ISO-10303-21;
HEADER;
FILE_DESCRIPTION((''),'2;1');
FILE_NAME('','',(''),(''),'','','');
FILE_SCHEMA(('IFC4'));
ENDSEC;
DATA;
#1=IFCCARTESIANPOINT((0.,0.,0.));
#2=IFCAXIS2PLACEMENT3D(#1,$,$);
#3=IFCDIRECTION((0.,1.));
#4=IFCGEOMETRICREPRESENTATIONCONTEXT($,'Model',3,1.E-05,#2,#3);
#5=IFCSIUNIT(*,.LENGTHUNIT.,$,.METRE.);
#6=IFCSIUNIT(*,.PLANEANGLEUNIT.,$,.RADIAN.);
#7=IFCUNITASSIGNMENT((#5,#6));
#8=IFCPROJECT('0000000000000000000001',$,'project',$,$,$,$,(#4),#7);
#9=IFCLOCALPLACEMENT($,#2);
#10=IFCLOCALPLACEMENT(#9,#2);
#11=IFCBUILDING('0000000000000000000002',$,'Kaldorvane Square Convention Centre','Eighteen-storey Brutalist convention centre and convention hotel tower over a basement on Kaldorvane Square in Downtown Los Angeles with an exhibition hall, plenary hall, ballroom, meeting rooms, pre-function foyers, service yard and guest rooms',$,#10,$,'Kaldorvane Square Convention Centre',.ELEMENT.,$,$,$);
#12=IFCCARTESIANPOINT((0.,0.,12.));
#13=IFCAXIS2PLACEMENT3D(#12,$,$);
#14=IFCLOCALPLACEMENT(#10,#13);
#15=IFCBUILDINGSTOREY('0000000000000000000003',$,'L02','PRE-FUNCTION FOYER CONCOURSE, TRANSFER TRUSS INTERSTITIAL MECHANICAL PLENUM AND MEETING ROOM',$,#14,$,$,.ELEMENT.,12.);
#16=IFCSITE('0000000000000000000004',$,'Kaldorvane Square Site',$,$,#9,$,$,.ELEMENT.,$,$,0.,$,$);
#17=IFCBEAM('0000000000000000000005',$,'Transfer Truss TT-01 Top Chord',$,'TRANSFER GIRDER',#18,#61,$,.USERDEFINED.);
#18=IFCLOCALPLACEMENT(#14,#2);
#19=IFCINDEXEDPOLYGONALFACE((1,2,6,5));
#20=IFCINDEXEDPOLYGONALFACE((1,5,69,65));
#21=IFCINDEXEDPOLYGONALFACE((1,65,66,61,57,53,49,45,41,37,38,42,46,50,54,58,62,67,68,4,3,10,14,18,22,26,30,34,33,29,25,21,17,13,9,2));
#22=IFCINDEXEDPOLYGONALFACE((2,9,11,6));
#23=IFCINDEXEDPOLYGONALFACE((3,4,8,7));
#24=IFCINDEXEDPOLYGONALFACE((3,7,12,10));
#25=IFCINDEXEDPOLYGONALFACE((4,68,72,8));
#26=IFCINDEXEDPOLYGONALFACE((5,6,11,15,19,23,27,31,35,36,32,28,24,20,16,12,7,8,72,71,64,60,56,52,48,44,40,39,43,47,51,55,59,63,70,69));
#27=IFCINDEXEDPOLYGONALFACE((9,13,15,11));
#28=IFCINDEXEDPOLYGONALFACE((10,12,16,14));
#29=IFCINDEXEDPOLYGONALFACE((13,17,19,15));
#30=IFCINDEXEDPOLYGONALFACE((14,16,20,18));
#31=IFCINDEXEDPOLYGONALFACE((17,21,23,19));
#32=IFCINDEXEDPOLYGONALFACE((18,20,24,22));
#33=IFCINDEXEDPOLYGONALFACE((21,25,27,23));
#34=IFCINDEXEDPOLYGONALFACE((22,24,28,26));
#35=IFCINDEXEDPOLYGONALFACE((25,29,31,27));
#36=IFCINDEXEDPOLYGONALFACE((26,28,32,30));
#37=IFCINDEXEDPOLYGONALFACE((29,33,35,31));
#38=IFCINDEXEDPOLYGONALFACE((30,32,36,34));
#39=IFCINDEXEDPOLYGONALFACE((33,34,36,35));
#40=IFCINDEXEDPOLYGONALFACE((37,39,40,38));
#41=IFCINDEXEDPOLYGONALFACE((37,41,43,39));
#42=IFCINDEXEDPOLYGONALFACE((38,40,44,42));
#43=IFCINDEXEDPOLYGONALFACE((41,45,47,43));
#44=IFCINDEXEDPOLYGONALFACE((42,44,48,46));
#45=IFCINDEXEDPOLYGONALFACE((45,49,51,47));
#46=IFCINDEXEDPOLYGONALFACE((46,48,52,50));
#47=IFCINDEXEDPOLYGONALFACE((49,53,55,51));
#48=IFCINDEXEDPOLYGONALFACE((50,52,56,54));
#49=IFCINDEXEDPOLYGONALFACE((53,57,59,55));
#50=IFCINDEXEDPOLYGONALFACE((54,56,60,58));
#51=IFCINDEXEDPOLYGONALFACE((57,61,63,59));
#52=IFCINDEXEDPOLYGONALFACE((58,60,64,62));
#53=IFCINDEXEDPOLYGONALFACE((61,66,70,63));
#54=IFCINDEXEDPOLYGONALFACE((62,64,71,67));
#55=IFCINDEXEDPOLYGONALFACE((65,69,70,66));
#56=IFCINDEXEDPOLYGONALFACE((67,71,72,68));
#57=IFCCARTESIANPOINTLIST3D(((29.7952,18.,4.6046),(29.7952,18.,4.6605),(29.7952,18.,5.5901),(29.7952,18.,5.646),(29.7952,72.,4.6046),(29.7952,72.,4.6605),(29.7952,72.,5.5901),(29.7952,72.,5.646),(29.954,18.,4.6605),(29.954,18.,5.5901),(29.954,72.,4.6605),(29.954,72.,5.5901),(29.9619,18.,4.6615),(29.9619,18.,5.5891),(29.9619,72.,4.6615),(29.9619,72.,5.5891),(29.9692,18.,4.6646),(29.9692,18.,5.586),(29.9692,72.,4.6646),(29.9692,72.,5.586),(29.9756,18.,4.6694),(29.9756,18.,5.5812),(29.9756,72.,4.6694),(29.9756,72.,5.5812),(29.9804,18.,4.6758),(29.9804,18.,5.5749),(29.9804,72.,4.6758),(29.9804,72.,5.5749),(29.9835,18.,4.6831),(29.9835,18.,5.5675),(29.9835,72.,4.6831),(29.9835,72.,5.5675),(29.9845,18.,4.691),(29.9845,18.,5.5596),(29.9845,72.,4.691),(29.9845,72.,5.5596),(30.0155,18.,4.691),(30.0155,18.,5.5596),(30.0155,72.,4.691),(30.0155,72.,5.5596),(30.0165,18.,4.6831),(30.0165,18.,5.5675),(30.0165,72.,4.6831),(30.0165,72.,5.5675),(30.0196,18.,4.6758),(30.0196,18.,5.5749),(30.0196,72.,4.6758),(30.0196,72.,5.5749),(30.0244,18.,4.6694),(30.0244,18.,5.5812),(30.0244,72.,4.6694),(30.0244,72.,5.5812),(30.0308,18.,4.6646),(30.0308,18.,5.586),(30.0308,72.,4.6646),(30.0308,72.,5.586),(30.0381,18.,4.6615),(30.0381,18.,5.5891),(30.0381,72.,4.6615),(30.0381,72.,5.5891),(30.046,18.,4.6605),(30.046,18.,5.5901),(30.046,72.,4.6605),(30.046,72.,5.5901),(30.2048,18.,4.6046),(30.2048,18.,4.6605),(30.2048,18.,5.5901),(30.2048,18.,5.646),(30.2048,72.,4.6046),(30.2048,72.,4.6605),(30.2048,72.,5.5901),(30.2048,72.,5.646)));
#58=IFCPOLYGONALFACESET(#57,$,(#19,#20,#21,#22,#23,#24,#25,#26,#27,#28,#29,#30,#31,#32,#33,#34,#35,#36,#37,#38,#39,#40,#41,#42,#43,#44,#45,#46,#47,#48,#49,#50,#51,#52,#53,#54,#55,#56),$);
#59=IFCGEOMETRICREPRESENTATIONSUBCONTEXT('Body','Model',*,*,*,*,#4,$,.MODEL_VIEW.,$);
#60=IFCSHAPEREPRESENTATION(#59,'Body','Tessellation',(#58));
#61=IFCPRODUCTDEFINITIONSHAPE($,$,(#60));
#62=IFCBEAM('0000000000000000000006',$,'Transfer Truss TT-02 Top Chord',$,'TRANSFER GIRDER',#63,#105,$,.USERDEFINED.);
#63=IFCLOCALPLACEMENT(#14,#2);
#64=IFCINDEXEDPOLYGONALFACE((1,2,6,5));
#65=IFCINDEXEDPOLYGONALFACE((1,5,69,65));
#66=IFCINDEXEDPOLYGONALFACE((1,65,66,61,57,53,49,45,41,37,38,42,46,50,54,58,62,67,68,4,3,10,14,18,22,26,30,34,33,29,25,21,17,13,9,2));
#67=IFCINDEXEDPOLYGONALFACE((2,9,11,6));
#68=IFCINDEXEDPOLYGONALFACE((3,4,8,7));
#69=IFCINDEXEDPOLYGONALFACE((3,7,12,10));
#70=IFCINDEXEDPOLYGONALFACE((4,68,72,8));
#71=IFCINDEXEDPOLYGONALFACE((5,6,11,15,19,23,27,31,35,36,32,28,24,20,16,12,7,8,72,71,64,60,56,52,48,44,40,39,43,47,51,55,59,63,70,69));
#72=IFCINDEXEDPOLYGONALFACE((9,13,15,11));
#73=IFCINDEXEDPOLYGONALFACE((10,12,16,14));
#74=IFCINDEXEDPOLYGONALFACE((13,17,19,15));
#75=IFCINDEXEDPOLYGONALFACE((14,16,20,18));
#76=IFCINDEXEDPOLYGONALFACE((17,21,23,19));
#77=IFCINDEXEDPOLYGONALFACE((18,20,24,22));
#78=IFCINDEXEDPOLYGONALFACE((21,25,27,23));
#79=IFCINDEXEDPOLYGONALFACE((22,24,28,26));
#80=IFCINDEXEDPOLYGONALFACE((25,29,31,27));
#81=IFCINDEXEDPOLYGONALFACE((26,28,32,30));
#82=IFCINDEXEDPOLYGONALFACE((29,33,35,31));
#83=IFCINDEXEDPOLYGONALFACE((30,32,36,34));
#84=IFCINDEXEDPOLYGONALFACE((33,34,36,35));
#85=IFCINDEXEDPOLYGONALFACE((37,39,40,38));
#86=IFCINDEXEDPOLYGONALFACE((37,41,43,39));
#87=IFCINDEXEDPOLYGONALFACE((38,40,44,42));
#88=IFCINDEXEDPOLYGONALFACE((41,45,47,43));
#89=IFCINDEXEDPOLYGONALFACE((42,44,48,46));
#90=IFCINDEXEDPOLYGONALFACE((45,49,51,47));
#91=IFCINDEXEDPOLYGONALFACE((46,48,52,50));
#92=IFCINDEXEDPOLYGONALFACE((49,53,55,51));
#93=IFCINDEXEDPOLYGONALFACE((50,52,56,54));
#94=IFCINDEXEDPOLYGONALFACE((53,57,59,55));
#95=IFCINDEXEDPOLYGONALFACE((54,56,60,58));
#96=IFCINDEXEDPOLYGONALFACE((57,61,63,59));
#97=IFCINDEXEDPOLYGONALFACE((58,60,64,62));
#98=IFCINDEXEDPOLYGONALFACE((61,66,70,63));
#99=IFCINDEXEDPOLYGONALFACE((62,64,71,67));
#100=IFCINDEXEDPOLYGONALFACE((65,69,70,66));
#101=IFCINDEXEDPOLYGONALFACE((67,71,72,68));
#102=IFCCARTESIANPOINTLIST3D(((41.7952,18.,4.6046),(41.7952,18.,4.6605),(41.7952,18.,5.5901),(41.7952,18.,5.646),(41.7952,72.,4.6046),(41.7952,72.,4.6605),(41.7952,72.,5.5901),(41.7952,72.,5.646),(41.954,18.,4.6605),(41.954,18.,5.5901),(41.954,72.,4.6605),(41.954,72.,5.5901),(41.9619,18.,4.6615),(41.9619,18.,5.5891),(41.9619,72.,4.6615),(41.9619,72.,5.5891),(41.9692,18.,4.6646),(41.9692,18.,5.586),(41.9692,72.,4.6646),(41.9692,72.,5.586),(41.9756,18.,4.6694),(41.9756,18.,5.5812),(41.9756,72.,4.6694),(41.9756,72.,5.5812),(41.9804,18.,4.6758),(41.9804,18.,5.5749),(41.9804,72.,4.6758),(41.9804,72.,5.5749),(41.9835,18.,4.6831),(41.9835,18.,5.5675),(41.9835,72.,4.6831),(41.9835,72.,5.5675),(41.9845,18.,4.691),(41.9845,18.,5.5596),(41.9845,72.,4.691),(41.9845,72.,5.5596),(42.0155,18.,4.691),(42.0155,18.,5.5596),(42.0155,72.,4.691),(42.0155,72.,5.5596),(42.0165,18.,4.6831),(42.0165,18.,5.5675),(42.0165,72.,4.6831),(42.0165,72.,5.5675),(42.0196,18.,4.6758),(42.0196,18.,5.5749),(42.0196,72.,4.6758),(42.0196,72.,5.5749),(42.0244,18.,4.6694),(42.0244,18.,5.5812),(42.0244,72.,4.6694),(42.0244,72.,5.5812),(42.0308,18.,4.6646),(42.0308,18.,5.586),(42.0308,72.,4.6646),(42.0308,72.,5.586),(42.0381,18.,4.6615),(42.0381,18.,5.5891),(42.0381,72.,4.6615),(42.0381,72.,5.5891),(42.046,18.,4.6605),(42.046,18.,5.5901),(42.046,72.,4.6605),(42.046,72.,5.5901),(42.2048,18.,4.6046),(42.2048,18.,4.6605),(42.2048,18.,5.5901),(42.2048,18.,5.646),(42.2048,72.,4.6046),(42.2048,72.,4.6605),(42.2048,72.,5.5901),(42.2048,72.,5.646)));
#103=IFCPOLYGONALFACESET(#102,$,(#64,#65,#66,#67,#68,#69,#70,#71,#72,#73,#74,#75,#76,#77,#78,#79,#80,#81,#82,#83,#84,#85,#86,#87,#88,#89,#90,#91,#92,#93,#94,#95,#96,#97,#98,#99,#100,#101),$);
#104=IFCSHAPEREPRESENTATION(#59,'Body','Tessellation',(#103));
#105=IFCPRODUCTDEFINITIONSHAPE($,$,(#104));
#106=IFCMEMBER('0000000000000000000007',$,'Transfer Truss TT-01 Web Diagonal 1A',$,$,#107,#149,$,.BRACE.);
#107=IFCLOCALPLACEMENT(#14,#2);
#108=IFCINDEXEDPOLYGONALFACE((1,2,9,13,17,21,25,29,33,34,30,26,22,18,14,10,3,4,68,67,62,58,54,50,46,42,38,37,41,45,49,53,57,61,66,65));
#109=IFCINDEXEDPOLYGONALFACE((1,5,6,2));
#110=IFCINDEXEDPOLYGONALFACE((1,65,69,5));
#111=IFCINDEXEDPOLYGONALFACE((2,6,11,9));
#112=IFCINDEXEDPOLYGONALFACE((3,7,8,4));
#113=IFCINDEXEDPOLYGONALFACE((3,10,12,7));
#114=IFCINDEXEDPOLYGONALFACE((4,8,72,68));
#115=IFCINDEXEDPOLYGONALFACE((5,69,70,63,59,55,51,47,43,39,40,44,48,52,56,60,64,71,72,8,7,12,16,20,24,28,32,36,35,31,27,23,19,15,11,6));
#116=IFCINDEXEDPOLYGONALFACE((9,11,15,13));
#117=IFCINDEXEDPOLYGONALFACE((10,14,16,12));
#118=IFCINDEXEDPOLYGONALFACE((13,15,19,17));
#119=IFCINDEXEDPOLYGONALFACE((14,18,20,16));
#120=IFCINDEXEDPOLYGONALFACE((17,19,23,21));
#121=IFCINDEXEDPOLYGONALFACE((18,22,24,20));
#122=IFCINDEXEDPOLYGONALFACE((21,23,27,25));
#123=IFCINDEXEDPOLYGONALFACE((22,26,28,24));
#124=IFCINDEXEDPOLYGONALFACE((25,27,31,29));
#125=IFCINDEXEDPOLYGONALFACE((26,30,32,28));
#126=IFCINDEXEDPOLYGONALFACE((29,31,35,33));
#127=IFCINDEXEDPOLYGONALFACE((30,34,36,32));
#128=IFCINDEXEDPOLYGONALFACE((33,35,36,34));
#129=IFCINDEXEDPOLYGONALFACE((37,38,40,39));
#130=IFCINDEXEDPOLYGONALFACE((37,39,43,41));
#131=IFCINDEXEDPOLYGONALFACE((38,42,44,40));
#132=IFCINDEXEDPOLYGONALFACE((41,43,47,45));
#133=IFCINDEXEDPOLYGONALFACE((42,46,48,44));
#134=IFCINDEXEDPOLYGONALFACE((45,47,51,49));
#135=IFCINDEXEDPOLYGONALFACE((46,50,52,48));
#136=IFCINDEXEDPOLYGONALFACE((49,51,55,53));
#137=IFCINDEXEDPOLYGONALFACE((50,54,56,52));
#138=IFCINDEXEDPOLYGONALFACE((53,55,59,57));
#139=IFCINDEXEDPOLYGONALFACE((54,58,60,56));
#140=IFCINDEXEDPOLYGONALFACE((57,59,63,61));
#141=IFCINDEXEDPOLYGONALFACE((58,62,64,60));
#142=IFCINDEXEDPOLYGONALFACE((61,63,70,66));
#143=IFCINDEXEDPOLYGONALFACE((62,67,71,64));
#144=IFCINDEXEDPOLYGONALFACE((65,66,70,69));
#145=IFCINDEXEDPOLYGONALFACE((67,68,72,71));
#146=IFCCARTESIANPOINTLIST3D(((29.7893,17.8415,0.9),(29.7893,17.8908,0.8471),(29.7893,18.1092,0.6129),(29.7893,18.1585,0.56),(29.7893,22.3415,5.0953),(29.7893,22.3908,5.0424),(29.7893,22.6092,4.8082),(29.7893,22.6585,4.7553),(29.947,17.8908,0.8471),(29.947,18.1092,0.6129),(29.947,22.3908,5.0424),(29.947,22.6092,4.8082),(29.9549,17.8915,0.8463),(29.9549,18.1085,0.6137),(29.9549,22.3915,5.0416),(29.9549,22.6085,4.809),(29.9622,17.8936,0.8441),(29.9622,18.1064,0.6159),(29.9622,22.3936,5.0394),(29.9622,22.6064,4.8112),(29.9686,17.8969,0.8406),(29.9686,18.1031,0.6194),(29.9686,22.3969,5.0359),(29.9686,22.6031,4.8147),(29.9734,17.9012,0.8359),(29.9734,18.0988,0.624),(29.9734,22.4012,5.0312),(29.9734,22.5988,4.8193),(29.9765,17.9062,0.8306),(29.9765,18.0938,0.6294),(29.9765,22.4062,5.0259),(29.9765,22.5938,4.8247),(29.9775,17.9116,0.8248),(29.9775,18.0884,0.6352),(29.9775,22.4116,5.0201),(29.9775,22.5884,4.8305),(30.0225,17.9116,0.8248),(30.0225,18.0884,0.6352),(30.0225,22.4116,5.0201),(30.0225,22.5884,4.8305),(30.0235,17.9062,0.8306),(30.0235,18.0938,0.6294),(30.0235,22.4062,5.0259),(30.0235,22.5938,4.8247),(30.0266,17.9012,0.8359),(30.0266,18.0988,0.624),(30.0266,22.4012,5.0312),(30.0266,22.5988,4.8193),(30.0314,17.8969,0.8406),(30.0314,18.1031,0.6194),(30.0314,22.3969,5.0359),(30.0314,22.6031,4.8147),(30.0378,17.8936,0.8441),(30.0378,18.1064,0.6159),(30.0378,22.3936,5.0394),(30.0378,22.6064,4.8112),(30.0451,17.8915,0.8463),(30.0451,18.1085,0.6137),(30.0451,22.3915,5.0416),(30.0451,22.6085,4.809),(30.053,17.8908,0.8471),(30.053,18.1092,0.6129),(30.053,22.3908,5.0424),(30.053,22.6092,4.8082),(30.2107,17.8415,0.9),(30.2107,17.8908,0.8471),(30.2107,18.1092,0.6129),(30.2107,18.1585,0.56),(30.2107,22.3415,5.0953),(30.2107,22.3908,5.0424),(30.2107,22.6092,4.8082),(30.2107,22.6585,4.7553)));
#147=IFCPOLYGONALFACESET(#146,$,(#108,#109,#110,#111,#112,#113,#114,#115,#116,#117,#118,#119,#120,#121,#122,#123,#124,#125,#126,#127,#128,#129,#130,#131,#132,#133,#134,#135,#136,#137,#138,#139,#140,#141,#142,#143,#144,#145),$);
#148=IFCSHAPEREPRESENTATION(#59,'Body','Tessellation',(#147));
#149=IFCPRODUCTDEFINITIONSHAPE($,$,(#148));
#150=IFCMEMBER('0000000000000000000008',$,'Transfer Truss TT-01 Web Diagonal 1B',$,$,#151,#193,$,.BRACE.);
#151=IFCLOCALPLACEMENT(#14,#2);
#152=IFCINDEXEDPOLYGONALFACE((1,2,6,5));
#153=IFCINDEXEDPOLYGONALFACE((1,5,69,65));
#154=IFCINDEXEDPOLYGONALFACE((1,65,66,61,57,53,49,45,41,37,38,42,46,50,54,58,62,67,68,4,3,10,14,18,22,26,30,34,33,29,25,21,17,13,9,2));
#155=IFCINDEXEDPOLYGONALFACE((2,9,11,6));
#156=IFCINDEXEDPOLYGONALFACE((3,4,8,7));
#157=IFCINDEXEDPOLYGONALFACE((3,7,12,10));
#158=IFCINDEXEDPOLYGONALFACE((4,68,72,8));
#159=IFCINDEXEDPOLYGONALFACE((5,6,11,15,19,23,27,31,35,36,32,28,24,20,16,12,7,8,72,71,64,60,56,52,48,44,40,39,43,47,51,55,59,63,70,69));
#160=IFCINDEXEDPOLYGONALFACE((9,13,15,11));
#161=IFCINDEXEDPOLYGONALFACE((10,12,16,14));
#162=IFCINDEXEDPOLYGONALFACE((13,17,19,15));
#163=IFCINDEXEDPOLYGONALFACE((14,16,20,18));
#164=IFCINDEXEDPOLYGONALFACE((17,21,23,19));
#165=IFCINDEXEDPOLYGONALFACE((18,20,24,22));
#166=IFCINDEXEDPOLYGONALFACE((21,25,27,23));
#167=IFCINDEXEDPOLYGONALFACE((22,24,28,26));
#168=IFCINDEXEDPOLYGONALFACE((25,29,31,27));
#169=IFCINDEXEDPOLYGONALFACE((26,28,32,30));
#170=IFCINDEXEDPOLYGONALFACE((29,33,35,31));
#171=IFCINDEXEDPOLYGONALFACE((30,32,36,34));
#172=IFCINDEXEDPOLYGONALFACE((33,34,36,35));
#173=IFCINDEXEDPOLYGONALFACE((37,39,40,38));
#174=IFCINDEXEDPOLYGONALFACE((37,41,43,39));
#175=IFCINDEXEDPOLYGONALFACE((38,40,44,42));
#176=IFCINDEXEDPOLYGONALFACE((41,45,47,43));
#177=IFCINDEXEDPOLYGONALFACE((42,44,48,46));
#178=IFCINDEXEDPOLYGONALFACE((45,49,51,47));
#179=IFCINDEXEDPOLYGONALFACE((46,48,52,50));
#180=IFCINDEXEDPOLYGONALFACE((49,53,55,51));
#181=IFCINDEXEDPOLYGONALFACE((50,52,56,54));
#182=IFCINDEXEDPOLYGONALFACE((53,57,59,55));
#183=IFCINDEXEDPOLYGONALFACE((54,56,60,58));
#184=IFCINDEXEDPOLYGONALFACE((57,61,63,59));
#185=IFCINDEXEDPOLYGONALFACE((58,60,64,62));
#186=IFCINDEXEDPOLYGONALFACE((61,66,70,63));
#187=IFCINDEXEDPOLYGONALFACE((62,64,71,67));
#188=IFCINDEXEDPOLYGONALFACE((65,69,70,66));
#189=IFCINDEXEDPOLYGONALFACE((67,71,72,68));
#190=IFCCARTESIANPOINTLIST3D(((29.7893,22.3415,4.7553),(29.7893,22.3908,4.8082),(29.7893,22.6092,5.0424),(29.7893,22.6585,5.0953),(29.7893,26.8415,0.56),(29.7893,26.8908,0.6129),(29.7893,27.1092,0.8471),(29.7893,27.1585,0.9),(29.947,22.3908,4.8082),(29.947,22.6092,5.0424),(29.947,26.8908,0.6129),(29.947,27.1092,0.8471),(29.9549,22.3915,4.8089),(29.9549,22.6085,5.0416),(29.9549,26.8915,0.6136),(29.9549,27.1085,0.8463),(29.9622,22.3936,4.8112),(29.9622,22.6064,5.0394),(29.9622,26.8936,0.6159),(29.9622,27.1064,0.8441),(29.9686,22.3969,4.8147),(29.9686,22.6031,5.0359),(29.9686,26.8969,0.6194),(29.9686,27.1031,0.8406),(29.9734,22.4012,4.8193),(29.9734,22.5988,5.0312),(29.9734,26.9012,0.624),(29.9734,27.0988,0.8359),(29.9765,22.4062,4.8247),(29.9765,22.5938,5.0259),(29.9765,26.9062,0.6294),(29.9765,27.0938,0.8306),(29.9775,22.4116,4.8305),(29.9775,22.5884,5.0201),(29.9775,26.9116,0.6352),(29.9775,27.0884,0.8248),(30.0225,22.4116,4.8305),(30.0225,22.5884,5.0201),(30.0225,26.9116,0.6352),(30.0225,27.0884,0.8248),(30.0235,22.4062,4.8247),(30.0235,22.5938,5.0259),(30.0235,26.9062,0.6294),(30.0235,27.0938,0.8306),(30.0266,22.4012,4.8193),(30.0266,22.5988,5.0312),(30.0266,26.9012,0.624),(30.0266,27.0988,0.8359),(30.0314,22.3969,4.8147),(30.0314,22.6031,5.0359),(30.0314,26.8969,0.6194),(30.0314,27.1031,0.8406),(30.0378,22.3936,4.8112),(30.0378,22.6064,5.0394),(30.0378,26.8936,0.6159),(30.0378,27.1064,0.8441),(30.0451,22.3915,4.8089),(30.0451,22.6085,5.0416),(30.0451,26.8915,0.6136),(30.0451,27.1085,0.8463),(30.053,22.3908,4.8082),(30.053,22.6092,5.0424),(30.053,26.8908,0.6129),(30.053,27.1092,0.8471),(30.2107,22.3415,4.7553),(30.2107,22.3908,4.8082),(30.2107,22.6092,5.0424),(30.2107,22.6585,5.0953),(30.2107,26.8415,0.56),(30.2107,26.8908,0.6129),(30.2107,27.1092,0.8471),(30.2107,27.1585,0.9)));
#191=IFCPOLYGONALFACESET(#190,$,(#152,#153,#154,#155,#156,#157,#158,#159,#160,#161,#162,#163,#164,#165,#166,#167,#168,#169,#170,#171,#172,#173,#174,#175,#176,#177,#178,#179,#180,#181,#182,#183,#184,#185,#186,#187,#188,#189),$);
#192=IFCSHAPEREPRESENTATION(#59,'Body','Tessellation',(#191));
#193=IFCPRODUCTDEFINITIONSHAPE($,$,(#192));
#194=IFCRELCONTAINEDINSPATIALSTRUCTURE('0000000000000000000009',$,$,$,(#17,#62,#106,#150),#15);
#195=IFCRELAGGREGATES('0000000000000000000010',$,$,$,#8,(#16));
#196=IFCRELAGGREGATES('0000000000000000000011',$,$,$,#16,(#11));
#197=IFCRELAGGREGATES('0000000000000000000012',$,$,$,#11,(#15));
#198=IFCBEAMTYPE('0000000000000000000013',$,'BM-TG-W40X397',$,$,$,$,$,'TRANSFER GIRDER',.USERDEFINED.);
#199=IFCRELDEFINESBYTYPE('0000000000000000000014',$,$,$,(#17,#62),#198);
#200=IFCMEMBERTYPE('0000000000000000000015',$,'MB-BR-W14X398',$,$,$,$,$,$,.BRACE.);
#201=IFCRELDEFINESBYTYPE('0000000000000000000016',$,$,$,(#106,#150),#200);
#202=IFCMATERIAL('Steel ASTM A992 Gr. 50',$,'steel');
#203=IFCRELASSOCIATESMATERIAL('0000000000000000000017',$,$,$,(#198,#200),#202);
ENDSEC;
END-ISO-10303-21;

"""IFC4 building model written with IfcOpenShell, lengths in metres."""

from ifc_helpers import new_model, si_unit, direction, frame, origin, origin_2d, place, context, subcontext, project, spatial, i_section, extrude, material, material_profile, profile_set, type_object, element, save


model = new_model("IFC4")

# Units and contexts
model_context = context("Model", 3, precision=1e-05, world=origin(), true_north=direction((0.0, 1.0)))
body_context = subcontext(model_context, "Body", "Model", "MODEL_VIEW")
ifc_project = project(units=[si_unit("LENGTHUNIT", "METRE"), si_unit("PLANEANGLEUNIT", "RADIAN")], contexts=[model_context])

# Site, building, storey
site_placement = place(None, origin())
site = spatial("IfcSite", under=ifc_project, at=site_placement, Name="Kaldorvane Square Site", CompositionType="ELEMENT", RefElevation=0.0)
building_placement = place(site_placement, origin())
building = spatial("IfcBuilding", under=site, at=building_placement, Name="Kaldorvane Square Convention Centre", Description="Eighteen-storey Brutalist convention centre and convention hotel tower over a basement on Kaldorvane Square in Downtown Los Angeles with an exhibition hall, plenary hall, ballroom, meeting rooms, pre-function foyers, service yard and guest rooms", LongName="Kaldorvane Square Convention Centre", CompositionType="ELEMENT")
storey_placement = place(building_placement, frame((0.0, 0.0, 12.0)))
storey = spatial("IfcBuildingStorey", under=building, at=storey_placement, Name="L02", Description="PRE-FUNCTION FOYER CONCOURSE, TRANSFER TRUSS INTERSTITIAL MECHANICAL PLENUM AND MEETING ROOM", CompositionType="ELEMENT", Elevation=12.0)

# Shared definitions
ifc_material_1 = material(Name="Steel ASTM A992 Gr. 50", Category="steel")

# Beams
ifc_material_profile_1 = material_profile(ifc_material_1, i_section(OverallWidth=0.4096, OverallDepth=1.0414, WebThickness=0.031, FlangeThickness=0.0559, FilletRadius=0.0305, at=origin_2d()), Name="W40X397")
ifc_profile_set_1 = profile_set([ifc_material_profile_1], Name="Steel ASTM A992 Gr. 50")
beam_type_1 = type_object("IfcBeamType", Name="BM-TG-W40X397", ElementType="TRANSFER GIRDER", PredefinedType="USERDEFINED", material=ifc_profile_set_1)
for number, where, z_axis, x_axis, name in (
    (1, (30.0, 18.0, 5.1253), (0.0, 1.0, 0.0), (-1.0, 0.0, 0.0), "Transfer Truss TT-01 Top Chord"),
    (2, (42.0, 18.0, 5.1253), (0.0, 1.0, 0.0), (-1.0, 0.0, 0.0), "Transfer Truss TT-02 Top Chord"),
):
    element("IfcBeam", number, at=place(storey_placement, frame(where, z_axis=z_axis, x_axis=x_axis)), inside=storey, type_object=beam_type_1, Name=name, ObjectType="TRANSFER GIRDER", PredefinedType="USERDEFINED", context=body_context, shape_type="SweptSolid", body=[
        extrude(i_section(OverallWidth=0.4096, OverallDepth=1.0414, WebThickness=0.031, FlangeThickness=0.0559, FilletRadius=0.0305, at=origin_2d()), origin(), (0.0, 0.0, 1.0), 54.0),
    ])

# Members
ifc_material_profile_2 = material_profile(ifc_material_1, i_section(OverallWidth=0.4214, OverallDepth=0.4648, WebThickness=0.045, FlangeThickness=0.0723, FilletRadius=0.0305, at=origin_2d()), Name="W14X398")
ifc_profile_set_2 = profile_set([ifc_material_profile_2], Name="Steel ASTM A992 Gr. 50")
member_type_1 = type_object("IfcMemberType", Name="MB-BR-W14X398", PredefinedType="BRACE", material=ifc_profile_set_2)
for number, where, z_axis, x_axis, name in (
    (3, (30.0, 18.0, 0.73), (0.0, 0.731436, 0.68191), (-1.0, 0.0, 0.0), "Transfer Truss TT-01 Web Diagonal 1A"),
    (4, (30.0, 22.5, 4.9253), (0.0, 0.731436, -0.68191), (-1.0, 0.0, 0.0), "Transfer Truss TT-01 Web Diagonal 1B"),
):
    element("IfcMember", number, at=place(storey_placement, frame(where, z_axis=z_axis, x_axis=x_axis)), inside=storey, type_object=member_type_1, Name=name, PredefinedType="BRACE", context=body_context, shape_type="SweptSolid", body=[
        extrude(i_section(OverallWidth=0.4214, OverallDepth=0.4648, WebThickness=0.045, FlangeThickness=0.0723, FilletRadius=0.0305, at=origin_2d()), origin(), (0.0, 0.0, 1.0), 6.1523),
    ])

save(model, "model.ifc")
